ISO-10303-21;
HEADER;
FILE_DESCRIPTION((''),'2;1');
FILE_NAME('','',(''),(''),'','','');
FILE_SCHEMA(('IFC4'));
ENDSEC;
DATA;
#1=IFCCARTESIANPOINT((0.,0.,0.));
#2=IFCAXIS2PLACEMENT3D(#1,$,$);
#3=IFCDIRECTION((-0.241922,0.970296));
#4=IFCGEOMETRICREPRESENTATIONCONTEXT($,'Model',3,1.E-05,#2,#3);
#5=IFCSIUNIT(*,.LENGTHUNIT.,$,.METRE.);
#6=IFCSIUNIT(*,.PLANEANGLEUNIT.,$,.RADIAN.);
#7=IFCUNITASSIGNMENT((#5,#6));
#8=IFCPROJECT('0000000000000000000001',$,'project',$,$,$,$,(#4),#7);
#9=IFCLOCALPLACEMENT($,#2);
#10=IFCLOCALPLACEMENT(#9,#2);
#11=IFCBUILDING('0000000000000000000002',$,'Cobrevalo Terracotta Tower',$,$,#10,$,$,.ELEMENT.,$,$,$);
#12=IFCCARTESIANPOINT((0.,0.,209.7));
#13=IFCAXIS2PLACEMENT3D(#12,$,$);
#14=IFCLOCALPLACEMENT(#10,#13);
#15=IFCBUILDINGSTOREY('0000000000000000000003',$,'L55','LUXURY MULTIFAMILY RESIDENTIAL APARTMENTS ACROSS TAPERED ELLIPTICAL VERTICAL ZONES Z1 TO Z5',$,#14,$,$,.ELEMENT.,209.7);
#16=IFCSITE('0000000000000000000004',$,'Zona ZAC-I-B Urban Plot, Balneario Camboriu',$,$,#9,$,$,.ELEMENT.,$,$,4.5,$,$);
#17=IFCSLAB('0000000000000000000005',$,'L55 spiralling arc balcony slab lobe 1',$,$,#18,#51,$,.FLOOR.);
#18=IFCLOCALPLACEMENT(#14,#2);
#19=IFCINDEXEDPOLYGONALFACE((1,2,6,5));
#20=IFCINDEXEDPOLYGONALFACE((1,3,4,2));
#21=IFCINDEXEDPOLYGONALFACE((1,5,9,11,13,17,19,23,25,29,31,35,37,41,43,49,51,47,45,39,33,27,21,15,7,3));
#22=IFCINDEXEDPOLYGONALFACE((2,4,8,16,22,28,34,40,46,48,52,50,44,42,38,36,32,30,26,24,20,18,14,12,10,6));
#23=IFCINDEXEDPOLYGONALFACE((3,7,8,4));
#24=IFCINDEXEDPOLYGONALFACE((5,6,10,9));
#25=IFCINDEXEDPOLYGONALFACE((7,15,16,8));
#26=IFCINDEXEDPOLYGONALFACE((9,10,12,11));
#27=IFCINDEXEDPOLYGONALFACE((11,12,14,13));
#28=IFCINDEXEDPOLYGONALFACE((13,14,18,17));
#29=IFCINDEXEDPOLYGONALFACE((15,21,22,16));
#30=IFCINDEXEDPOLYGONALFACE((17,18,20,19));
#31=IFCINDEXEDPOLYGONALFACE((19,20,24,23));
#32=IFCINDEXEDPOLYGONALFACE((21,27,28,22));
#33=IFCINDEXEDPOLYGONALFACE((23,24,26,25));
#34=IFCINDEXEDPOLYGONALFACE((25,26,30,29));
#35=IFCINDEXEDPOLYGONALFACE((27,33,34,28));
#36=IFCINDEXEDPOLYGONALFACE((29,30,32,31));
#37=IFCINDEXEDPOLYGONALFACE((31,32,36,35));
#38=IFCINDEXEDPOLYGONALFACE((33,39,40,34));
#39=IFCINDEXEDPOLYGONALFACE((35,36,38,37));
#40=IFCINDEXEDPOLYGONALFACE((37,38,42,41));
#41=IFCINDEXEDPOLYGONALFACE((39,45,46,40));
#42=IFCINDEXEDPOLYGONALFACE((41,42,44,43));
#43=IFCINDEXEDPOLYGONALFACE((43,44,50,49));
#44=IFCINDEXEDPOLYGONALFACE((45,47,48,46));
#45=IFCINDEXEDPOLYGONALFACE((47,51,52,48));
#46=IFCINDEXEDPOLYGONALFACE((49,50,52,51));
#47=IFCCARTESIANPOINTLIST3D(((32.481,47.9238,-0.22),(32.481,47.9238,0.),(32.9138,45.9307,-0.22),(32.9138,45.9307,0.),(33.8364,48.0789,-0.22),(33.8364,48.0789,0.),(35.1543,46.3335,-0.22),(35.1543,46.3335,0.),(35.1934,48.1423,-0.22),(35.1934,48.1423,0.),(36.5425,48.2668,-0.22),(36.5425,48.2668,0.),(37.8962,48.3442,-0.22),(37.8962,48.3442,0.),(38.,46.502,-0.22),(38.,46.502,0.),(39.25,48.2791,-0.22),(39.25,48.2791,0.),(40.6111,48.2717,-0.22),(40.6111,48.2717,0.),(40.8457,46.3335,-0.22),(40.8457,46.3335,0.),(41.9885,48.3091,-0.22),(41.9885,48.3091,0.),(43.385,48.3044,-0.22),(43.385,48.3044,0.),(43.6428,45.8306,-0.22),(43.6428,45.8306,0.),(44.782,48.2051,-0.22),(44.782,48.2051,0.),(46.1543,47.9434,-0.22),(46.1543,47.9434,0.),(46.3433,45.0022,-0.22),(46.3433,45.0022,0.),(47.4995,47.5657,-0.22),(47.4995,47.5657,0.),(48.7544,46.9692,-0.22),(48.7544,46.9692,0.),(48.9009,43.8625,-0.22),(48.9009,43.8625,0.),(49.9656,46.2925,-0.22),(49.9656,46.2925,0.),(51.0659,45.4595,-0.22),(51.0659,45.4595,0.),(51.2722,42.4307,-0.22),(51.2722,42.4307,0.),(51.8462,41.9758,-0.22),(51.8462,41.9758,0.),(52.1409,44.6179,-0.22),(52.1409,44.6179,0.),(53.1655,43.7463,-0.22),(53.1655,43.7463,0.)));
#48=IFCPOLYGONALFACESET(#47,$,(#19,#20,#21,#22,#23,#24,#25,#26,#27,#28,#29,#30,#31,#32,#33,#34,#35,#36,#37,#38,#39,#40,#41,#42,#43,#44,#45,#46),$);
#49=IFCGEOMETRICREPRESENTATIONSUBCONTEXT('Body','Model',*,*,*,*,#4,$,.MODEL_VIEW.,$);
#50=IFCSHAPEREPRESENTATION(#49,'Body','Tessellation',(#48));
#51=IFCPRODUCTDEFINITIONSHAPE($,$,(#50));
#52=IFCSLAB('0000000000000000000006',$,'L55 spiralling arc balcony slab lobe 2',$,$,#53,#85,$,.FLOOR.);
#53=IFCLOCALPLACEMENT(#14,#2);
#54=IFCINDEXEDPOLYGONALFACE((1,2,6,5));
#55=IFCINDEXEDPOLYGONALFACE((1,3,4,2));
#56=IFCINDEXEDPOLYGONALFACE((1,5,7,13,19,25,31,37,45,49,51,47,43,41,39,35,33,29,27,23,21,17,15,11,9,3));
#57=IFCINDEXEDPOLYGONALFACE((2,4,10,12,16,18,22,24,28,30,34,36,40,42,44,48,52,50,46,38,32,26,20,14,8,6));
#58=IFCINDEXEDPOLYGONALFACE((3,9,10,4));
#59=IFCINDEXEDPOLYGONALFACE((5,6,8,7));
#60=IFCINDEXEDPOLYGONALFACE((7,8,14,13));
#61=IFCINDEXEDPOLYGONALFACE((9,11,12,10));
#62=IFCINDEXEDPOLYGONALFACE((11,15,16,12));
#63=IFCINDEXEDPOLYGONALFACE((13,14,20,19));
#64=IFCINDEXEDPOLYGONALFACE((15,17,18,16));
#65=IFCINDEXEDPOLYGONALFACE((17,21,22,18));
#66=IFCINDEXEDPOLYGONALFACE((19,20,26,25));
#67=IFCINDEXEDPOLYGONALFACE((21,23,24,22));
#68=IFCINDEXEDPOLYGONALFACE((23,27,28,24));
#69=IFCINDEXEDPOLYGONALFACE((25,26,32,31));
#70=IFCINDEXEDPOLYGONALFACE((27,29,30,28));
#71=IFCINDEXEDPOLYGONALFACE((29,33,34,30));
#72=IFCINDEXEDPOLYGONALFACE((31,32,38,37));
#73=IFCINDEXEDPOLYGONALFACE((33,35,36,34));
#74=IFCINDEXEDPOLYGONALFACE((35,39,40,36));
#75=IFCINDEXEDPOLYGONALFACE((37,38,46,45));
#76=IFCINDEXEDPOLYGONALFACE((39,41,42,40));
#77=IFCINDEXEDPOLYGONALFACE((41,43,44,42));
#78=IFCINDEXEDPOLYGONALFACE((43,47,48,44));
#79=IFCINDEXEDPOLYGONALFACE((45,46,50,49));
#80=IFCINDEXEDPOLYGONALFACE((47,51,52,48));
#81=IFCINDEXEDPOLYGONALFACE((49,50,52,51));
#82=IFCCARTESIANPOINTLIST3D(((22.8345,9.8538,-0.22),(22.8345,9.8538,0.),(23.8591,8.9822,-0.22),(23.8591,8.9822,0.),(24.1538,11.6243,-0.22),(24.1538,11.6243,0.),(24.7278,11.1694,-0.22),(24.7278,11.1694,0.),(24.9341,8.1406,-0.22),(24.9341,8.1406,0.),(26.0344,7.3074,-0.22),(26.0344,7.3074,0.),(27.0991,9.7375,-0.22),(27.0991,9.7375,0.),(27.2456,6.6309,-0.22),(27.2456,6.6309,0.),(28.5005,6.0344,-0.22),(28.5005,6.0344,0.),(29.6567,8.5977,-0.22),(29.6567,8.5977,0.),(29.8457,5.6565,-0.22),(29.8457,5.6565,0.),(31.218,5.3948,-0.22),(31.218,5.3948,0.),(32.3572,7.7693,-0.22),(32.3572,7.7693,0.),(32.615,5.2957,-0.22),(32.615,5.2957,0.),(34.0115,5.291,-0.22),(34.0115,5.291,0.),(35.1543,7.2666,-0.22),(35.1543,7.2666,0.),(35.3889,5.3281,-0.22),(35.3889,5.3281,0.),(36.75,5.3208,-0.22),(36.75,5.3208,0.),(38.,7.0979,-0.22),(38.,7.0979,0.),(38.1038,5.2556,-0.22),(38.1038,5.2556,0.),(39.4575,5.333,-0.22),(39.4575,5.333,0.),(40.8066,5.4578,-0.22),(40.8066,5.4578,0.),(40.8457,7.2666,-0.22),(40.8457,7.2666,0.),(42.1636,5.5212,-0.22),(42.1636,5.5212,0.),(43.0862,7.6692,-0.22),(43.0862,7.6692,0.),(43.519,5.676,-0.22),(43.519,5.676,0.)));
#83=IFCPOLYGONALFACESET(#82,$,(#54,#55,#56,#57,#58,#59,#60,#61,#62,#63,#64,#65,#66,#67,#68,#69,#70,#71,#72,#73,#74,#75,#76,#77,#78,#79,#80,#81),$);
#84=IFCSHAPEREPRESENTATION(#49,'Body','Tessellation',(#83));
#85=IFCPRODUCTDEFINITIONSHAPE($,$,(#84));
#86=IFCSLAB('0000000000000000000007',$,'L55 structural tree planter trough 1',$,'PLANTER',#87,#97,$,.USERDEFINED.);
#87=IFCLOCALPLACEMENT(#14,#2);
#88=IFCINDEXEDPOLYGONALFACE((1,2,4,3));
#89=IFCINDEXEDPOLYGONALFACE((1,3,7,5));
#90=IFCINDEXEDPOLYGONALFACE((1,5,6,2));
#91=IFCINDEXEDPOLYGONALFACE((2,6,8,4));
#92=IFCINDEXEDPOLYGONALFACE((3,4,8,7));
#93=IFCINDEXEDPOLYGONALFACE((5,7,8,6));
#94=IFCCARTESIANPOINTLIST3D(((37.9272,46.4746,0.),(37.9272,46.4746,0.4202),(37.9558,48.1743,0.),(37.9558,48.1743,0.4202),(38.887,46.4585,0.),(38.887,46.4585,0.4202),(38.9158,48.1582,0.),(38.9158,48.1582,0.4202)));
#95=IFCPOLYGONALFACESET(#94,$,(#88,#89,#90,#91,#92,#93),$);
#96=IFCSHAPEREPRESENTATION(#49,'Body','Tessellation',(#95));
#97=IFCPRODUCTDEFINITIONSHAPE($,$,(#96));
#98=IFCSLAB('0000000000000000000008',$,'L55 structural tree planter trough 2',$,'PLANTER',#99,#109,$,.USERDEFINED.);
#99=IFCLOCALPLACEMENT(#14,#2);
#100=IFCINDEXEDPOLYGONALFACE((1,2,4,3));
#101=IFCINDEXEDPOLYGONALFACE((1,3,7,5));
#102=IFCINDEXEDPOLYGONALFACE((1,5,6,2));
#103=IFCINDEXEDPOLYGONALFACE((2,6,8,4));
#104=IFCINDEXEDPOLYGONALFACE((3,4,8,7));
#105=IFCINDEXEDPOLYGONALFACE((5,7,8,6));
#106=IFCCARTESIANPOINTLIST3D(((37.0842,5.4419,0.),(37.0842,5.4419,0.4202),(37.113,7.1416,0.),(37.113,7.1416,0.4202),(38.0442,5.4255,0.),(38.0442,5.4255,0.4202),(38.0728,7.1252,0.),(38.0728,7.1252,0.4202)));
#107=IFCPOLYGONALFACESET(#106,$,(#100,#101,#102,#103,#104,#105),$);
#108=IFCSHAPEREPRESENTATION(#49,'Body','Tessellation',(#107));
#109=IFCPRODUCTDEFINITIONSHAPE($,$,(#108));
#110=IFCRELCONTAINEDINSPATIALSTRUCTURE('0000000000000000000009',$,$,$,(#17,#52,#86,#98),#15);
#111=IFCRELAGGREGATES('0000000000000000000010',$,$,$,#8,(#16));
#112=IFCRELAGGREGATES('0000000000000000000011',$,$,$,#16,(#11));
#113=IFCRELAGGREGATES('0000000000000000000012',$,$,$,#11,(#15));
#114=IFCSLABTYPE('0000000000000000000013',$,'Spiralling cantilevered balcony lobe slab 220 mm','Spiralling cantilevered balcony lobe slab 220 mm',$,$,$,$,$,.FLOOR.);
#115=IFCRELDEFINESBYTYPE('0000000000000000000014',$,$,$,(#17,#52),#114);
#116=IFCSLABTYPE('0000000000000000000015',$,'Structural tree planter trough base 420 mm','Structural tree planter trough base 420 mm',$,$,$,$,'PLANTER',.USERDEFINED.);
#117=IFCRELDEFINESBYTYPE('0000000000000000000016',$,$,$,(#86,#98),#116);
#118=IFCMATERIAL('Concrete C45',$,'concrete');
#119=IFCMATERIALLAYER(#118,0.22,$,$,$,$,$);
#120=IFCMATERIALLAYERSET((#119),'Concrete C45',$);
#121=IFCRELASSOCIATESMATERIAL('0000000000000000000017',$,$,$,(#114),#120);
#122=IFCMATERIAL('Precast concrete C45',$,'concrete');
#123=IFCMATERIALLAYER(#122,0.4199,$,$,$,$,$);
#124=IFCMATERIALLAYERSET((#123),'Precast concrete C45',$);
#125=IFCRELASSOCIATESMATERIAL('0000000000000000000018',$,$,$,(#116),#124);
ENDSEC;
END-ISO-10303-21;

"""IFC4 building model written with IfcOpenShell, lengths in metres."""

from ifc_helpers import new_model, si_unit, direction, frame, origin, place, context, subcontext, project, spatial, polyline, outline, extrude, material, layer, layer_set, type_object, element, save


model = new_model("IFC4")

# Units and contexts
model_context = context("Model", 3, precision=1e-05, world=origin(), true_north=direction((-0.241922, 0.970296)))
body_context = subcontext(model_context, "Body", "Model", "MODEL_VIEW")
ifc_project = project(units=[si_unit("LENGTHUNIT", "METRE"), si_unit("PLANEANGLEUNIT", "RADIAN")], contexts=[model_context])

# Site, building, storey
site_placement = place(None, origin())
site = spatial("IfcSite", under=ifc_project, at=site_placement, Name="Zona ZAC-I-B Urban Plot, Balneario Camboriu", CompositionType="ELEMENT", RefElevation=4.5)
building_placement = place(site_placement, origin())
building = spatial("IfcBuilding", under=site, at=building_placement, Name="Cobrevalo Terracotta Tower", CompositionType="ELEMENT")
storey_placement = place(building_placement, frame((0.0, 0.0, 209.7)))
storey = spatial("IfcBuildingStorey", under=building, at=storey_placement, Name="L55", Description="LUXURY MULTIFAMILY RESIDENTIAL APARTMENTS ACROSS TAPERED ELLIPTICAL VERTICAL ZONES Z1 TO Z5", CompositionType="ELEMENT", Elevation=209.7)

# Slabs
ifc_material_1 = material(Name="Concrete C45", Category="concrete")
ifc_layer_1 = layer(ifc_material_1, 0.22)
ifc_layer_set_1 = layer_set([ifc_layer_1], Name="Concrete C45")
slab_type_1 = type_object("IfcSlabType", Name="Spiralling cantilevered balcony lobe slab 220 mm", Description="Spiralling cantilevered balcony lobe slab 220 mm", PredefinedType="FLOOR", material=ifc_layer_set_1)
slab_1_placement = place(storey_placement, frame((0.0, 0.0, -0.22)))
element("IfcSlab", 1, at=slab_1_placement, inside=storey, type_object=slab_type_1, Name="L55 spiralling arc balcony slab lobe 1", PredefinedType="FLOOR", context=body_context, shape_type="SweptSolid", body=[
    extrude(outline(polyline([(53.1655, 43.7463), (52.1409, 44.6179), (51.0659, 45.4595), (49.9656, 46.2925), (48.7544, 46.9692), (47.4995, 47.5657), (46.1543, 47.9434), (44.782, 48.2051), (43.385, 48.3044), (41.9885, 48.3091), (40.6111, 48.2717), (39.25, 48.2791), (37.8962, 48.3442), (36.5425, 48.2668), (35.1934, 48.1423), (33.8364, 48.0789), (32.481, 47.9238), (32.9138, 45.9307), (35.1543, 46.3335), (38.0, 46.502), (40.8457, 46.3335), (43.6428, 45.8306), (46.3433, 45.0022), (48.9009, 43.8625), (51.2722, 42.4307), (51.8462, 41.9758), (53.1655, 43.7463)])), origin(), (0.0, 0.0, 1.0), 0.22),
])
slab_2_placement = place(storey_placement, frame((0.0, 0.0, -0.22)))
element("IfcSlab", 2, at=slab_2_placement, inside=storey, type_object=slab_type_1, Name="L55 spiralling arc balcony slab lobe 2", PredefinedType="FLOOR", context=body_context, shape_type="SweptSolid", body=[
    extrude(outline(polyline([(22.8345, 9.8538), (23.8591, 8.9822), (24.9341, 8.1406), (26.0344, 7.3074), (27.2456, 6.6309), (28.5005, 6.0344), (29.8457, 5.6565), (31.218, 5.3948), (32.615, 5.2957), (34.0115, 5.291), (35.3889, 5.3281), (36.75, 5.3208), (38.1038, 5.2556), (39.4575, 5.333), (40.8066, 5.4578), (42.1636, 5.5212), (43.519, 5.676), (43.0862, 7.6692), (40.8457, 7.2666), (38.0, 7.0979), (35.1543, 7.2666), (32.3572, 7.7693), (29.6567, 8.5977), (27.0991, 9.7375), (24.7278, 11.1694), (24.1538, 11.6243), (22.8345, 9.8538)])), origin(), (0.0, 0.0, 1.0), 0.22),
])
ifc_material_2 = material(Name="Precast concrete C45", Category="concrete")
ifc_layer_2 = layer(ifc_material_2, 0.4199)
ifc_layer_set_2 = layer_set([ifc_layer_2], Name="Precast concrete C45")
slab_type_2 = type_object("IfcSlabType", Name="Structural tree planter trough base 420 mm", Description="Structural tree planter trough base 420 mm", ElementType="PLANTER", PredefinedType="USERDEFINED", material=ifc_layer_set_2)
slab_3_placement = place(storey_placement, origin())
element("IfcSlab", 3, at=slab_3_placement, inside=storey, type_object=slab_type_2, Name="L55 structural tree planter trough 1", ObjectType="PLANTER", PredefinedType="USERDEFINED", context=body_context, shape_type="SweptSolid", body=[
    extrude(outline(polyline([(38.887, 46.4585), (38.9158, 48.1582), (37.9558, 48.1743), (37.9272, 46.4746), (38.887, 46.4585)])), origin(), (0.0, 0.0, 1.0), 0.4202),
])
slab_4_placement = place(storey_placement, origin())
element("IfcSlab", 4, at=slab_4_placement, inside=storey, type_object=slab_type_2, Name="L55 structural tree planter trough 2", ObjectType="PLANTER", PredefinedType="USERDEFINED", context=body_context, shape_type="SweptSolid", body=[
    extrude(outline(polyline([(37.113, 7.1416), (37.0842, 5.4419), (38.0442, 5.4255), (38.0728, 7.1252), (37.113, 7.1416)])), origin(), (0.0, 0.0, 1.0), 0.4202),
])

save(model, "model.ifc")
